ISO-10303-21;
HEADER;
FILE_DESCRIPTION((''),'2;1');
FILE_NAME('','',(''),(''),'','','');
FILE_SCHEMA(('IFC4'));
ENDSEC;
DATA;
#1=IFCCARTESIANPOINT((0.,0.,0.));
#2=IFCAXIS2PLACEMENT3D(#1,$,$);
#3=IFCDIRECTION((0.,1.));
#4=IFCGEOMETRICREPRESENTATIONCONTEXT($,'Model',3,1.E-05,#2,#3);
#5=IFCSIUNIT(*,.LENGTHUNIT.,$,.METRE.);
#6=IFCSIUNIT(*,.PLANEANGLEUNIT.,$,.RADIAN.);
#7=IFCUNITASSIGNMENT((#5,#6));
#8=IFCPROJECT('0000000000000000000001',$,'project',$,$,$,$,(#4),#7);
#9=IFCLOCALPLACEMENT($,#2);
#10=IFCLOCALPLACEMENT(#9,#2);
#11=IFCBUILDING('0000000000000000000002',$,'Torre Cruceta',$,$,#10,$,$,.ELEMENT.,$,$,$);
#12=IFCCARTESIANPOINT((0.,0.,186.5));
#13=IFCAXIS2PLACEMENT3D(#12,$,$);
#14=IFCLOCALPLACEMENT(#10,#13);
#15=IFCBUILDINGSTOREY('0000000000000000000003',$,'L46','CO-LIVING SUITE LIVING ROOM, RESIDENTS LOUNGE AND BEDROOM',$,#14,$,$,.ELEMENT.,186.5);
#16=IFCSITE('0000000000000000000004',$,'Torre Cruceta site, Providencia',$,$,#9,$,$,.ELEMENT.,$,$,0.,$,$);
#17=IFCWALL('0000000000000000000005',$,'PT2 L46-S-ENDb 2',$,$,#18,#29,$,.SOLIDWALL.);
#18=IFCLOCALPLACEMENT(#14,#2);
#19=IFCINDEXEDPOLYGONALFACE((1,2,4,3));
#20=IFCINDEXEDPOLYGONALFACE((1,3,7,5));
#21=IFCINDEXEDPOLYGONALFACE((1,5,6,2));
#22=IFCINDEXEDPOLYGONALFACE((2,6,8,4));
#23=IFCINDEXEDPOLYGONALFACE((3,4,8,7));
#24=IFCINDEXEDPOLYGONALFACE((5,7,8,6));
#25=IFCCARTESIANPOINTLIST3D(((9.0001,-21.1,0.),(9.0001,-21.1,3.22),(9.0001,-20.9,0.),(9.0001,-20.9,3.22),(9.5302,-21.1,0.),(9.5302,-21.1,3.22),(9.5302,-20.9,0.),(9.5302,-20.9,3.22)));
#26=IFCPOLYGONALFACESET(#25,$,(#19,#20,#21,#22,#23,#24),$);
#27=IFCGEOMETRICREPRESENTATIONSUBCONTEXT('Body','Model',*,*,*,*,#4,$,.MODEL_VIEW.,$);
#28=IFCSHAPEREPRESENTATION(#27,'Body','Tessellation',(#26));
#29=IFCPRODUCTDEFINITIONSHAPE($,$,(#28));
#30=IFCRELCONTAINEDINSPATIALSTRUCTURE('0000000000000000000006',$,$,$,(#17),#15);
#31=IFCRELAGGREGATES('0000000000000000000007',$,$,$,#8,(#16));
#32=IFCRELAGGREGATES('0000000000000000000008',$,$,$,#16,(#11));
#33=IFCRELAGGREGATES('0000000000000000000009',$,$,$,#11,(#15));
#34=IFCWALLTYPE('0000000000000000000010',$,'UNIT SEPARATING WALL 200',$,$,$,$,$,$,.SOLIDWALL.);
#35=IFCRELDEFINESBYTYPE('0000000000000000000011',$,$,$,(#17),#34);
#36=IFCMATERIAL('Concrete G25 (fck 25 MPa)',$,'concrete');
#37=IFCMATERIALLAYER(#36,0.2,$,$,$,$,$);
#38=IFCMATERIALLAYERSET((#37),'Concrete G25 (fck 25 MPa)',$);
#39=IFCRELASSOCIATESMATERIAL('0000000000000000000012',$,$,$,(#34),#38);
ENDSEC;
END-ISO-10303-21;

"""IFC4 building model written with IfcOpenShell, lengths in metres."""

from ifc_helpers import new_model, si_unit, direction, frame, frame_2d, origin, place, context, subcontext, project, spatial, rectangle, extrude, material, layer, layer_set, type_object, element, save


model = new_model("IFC4")

# Units and contexts
model_context = context("Model", 3, precision=1e-05, world=origin(), true_north=direction((0.0, 1.0)))
body_context = subcontext(model_context, "Body", "Model", "MODEL_VIEW")
ifc_project = project(units=[si_unit("LENGTHUNIT", "METRE"), si_unit("PLANEANGLEUNIT", "RADIAN")], contexts=[model_context])

# Site, building, storey
site_placement = place(None, origin())
site = spatial("IfcSite", under=ifc_project, at=site_placement, Name="Torre Cruceta site, Providencia", CompositionType="ELEMENT", RefElevation=0.0)
building_placement = place(site_placement, origin())
building = spatial("IfcBuilding", under=site, at=building_placement, Name="Torre Cruceta", CompositionType="ELEMENT")
storey_placement = place(building_placement, frame((0.0, 0.0, 186.5)))
storey = spatial("IfcBuildingStorey", under=building, at=storey_placement, Name="L46", Description="CO-LIVING SUITE LIVING ROOM, RESIDENTS LOUNGE AND BEDROOM", CompositionType="ELEMENT", Elevation=186.5)

# Shared definitions
ifc_material_1 = material(Name="Concrete G25 (fck 25 MPa)", Category="concrete")
ifc_layer_1 = layer(ifc_material_1, 0.2)
ifc_layer_set_1 = layer_set([ifc_layer_1], Name="Concrete G25 (fck 25 MPa)")
wall_type_1 = type_object("IfcWallType", Name="UNIT SEPARATING WALL 200", PredefinedType="SOLIDWALL", material=ifc_layer_set_1)

# Wall
wall_1_placement = place(storey_placement, frame((9.0, -21.0, 0.0), z_axis=(0.0, 0.0, 1.0), x_axis=(1.0, 0.0, 0.0)))
element("IfcWall", 1, at=wall_1_placement, inside=storey, type_object=wall_type_1, Name="PT2 L46-S-ENDb 2", PredefinedType="SOLIDWALL", context=body_context, shape_type="SweptSolid", body=[
    extrude(rectangle(XDim=0.53, YDim=0.2, at=frame_2d((0.2651, 0.0))), origin(), (0.0, 0.0, 1.0), 3.22),
])

save(model, "model.ifc")
